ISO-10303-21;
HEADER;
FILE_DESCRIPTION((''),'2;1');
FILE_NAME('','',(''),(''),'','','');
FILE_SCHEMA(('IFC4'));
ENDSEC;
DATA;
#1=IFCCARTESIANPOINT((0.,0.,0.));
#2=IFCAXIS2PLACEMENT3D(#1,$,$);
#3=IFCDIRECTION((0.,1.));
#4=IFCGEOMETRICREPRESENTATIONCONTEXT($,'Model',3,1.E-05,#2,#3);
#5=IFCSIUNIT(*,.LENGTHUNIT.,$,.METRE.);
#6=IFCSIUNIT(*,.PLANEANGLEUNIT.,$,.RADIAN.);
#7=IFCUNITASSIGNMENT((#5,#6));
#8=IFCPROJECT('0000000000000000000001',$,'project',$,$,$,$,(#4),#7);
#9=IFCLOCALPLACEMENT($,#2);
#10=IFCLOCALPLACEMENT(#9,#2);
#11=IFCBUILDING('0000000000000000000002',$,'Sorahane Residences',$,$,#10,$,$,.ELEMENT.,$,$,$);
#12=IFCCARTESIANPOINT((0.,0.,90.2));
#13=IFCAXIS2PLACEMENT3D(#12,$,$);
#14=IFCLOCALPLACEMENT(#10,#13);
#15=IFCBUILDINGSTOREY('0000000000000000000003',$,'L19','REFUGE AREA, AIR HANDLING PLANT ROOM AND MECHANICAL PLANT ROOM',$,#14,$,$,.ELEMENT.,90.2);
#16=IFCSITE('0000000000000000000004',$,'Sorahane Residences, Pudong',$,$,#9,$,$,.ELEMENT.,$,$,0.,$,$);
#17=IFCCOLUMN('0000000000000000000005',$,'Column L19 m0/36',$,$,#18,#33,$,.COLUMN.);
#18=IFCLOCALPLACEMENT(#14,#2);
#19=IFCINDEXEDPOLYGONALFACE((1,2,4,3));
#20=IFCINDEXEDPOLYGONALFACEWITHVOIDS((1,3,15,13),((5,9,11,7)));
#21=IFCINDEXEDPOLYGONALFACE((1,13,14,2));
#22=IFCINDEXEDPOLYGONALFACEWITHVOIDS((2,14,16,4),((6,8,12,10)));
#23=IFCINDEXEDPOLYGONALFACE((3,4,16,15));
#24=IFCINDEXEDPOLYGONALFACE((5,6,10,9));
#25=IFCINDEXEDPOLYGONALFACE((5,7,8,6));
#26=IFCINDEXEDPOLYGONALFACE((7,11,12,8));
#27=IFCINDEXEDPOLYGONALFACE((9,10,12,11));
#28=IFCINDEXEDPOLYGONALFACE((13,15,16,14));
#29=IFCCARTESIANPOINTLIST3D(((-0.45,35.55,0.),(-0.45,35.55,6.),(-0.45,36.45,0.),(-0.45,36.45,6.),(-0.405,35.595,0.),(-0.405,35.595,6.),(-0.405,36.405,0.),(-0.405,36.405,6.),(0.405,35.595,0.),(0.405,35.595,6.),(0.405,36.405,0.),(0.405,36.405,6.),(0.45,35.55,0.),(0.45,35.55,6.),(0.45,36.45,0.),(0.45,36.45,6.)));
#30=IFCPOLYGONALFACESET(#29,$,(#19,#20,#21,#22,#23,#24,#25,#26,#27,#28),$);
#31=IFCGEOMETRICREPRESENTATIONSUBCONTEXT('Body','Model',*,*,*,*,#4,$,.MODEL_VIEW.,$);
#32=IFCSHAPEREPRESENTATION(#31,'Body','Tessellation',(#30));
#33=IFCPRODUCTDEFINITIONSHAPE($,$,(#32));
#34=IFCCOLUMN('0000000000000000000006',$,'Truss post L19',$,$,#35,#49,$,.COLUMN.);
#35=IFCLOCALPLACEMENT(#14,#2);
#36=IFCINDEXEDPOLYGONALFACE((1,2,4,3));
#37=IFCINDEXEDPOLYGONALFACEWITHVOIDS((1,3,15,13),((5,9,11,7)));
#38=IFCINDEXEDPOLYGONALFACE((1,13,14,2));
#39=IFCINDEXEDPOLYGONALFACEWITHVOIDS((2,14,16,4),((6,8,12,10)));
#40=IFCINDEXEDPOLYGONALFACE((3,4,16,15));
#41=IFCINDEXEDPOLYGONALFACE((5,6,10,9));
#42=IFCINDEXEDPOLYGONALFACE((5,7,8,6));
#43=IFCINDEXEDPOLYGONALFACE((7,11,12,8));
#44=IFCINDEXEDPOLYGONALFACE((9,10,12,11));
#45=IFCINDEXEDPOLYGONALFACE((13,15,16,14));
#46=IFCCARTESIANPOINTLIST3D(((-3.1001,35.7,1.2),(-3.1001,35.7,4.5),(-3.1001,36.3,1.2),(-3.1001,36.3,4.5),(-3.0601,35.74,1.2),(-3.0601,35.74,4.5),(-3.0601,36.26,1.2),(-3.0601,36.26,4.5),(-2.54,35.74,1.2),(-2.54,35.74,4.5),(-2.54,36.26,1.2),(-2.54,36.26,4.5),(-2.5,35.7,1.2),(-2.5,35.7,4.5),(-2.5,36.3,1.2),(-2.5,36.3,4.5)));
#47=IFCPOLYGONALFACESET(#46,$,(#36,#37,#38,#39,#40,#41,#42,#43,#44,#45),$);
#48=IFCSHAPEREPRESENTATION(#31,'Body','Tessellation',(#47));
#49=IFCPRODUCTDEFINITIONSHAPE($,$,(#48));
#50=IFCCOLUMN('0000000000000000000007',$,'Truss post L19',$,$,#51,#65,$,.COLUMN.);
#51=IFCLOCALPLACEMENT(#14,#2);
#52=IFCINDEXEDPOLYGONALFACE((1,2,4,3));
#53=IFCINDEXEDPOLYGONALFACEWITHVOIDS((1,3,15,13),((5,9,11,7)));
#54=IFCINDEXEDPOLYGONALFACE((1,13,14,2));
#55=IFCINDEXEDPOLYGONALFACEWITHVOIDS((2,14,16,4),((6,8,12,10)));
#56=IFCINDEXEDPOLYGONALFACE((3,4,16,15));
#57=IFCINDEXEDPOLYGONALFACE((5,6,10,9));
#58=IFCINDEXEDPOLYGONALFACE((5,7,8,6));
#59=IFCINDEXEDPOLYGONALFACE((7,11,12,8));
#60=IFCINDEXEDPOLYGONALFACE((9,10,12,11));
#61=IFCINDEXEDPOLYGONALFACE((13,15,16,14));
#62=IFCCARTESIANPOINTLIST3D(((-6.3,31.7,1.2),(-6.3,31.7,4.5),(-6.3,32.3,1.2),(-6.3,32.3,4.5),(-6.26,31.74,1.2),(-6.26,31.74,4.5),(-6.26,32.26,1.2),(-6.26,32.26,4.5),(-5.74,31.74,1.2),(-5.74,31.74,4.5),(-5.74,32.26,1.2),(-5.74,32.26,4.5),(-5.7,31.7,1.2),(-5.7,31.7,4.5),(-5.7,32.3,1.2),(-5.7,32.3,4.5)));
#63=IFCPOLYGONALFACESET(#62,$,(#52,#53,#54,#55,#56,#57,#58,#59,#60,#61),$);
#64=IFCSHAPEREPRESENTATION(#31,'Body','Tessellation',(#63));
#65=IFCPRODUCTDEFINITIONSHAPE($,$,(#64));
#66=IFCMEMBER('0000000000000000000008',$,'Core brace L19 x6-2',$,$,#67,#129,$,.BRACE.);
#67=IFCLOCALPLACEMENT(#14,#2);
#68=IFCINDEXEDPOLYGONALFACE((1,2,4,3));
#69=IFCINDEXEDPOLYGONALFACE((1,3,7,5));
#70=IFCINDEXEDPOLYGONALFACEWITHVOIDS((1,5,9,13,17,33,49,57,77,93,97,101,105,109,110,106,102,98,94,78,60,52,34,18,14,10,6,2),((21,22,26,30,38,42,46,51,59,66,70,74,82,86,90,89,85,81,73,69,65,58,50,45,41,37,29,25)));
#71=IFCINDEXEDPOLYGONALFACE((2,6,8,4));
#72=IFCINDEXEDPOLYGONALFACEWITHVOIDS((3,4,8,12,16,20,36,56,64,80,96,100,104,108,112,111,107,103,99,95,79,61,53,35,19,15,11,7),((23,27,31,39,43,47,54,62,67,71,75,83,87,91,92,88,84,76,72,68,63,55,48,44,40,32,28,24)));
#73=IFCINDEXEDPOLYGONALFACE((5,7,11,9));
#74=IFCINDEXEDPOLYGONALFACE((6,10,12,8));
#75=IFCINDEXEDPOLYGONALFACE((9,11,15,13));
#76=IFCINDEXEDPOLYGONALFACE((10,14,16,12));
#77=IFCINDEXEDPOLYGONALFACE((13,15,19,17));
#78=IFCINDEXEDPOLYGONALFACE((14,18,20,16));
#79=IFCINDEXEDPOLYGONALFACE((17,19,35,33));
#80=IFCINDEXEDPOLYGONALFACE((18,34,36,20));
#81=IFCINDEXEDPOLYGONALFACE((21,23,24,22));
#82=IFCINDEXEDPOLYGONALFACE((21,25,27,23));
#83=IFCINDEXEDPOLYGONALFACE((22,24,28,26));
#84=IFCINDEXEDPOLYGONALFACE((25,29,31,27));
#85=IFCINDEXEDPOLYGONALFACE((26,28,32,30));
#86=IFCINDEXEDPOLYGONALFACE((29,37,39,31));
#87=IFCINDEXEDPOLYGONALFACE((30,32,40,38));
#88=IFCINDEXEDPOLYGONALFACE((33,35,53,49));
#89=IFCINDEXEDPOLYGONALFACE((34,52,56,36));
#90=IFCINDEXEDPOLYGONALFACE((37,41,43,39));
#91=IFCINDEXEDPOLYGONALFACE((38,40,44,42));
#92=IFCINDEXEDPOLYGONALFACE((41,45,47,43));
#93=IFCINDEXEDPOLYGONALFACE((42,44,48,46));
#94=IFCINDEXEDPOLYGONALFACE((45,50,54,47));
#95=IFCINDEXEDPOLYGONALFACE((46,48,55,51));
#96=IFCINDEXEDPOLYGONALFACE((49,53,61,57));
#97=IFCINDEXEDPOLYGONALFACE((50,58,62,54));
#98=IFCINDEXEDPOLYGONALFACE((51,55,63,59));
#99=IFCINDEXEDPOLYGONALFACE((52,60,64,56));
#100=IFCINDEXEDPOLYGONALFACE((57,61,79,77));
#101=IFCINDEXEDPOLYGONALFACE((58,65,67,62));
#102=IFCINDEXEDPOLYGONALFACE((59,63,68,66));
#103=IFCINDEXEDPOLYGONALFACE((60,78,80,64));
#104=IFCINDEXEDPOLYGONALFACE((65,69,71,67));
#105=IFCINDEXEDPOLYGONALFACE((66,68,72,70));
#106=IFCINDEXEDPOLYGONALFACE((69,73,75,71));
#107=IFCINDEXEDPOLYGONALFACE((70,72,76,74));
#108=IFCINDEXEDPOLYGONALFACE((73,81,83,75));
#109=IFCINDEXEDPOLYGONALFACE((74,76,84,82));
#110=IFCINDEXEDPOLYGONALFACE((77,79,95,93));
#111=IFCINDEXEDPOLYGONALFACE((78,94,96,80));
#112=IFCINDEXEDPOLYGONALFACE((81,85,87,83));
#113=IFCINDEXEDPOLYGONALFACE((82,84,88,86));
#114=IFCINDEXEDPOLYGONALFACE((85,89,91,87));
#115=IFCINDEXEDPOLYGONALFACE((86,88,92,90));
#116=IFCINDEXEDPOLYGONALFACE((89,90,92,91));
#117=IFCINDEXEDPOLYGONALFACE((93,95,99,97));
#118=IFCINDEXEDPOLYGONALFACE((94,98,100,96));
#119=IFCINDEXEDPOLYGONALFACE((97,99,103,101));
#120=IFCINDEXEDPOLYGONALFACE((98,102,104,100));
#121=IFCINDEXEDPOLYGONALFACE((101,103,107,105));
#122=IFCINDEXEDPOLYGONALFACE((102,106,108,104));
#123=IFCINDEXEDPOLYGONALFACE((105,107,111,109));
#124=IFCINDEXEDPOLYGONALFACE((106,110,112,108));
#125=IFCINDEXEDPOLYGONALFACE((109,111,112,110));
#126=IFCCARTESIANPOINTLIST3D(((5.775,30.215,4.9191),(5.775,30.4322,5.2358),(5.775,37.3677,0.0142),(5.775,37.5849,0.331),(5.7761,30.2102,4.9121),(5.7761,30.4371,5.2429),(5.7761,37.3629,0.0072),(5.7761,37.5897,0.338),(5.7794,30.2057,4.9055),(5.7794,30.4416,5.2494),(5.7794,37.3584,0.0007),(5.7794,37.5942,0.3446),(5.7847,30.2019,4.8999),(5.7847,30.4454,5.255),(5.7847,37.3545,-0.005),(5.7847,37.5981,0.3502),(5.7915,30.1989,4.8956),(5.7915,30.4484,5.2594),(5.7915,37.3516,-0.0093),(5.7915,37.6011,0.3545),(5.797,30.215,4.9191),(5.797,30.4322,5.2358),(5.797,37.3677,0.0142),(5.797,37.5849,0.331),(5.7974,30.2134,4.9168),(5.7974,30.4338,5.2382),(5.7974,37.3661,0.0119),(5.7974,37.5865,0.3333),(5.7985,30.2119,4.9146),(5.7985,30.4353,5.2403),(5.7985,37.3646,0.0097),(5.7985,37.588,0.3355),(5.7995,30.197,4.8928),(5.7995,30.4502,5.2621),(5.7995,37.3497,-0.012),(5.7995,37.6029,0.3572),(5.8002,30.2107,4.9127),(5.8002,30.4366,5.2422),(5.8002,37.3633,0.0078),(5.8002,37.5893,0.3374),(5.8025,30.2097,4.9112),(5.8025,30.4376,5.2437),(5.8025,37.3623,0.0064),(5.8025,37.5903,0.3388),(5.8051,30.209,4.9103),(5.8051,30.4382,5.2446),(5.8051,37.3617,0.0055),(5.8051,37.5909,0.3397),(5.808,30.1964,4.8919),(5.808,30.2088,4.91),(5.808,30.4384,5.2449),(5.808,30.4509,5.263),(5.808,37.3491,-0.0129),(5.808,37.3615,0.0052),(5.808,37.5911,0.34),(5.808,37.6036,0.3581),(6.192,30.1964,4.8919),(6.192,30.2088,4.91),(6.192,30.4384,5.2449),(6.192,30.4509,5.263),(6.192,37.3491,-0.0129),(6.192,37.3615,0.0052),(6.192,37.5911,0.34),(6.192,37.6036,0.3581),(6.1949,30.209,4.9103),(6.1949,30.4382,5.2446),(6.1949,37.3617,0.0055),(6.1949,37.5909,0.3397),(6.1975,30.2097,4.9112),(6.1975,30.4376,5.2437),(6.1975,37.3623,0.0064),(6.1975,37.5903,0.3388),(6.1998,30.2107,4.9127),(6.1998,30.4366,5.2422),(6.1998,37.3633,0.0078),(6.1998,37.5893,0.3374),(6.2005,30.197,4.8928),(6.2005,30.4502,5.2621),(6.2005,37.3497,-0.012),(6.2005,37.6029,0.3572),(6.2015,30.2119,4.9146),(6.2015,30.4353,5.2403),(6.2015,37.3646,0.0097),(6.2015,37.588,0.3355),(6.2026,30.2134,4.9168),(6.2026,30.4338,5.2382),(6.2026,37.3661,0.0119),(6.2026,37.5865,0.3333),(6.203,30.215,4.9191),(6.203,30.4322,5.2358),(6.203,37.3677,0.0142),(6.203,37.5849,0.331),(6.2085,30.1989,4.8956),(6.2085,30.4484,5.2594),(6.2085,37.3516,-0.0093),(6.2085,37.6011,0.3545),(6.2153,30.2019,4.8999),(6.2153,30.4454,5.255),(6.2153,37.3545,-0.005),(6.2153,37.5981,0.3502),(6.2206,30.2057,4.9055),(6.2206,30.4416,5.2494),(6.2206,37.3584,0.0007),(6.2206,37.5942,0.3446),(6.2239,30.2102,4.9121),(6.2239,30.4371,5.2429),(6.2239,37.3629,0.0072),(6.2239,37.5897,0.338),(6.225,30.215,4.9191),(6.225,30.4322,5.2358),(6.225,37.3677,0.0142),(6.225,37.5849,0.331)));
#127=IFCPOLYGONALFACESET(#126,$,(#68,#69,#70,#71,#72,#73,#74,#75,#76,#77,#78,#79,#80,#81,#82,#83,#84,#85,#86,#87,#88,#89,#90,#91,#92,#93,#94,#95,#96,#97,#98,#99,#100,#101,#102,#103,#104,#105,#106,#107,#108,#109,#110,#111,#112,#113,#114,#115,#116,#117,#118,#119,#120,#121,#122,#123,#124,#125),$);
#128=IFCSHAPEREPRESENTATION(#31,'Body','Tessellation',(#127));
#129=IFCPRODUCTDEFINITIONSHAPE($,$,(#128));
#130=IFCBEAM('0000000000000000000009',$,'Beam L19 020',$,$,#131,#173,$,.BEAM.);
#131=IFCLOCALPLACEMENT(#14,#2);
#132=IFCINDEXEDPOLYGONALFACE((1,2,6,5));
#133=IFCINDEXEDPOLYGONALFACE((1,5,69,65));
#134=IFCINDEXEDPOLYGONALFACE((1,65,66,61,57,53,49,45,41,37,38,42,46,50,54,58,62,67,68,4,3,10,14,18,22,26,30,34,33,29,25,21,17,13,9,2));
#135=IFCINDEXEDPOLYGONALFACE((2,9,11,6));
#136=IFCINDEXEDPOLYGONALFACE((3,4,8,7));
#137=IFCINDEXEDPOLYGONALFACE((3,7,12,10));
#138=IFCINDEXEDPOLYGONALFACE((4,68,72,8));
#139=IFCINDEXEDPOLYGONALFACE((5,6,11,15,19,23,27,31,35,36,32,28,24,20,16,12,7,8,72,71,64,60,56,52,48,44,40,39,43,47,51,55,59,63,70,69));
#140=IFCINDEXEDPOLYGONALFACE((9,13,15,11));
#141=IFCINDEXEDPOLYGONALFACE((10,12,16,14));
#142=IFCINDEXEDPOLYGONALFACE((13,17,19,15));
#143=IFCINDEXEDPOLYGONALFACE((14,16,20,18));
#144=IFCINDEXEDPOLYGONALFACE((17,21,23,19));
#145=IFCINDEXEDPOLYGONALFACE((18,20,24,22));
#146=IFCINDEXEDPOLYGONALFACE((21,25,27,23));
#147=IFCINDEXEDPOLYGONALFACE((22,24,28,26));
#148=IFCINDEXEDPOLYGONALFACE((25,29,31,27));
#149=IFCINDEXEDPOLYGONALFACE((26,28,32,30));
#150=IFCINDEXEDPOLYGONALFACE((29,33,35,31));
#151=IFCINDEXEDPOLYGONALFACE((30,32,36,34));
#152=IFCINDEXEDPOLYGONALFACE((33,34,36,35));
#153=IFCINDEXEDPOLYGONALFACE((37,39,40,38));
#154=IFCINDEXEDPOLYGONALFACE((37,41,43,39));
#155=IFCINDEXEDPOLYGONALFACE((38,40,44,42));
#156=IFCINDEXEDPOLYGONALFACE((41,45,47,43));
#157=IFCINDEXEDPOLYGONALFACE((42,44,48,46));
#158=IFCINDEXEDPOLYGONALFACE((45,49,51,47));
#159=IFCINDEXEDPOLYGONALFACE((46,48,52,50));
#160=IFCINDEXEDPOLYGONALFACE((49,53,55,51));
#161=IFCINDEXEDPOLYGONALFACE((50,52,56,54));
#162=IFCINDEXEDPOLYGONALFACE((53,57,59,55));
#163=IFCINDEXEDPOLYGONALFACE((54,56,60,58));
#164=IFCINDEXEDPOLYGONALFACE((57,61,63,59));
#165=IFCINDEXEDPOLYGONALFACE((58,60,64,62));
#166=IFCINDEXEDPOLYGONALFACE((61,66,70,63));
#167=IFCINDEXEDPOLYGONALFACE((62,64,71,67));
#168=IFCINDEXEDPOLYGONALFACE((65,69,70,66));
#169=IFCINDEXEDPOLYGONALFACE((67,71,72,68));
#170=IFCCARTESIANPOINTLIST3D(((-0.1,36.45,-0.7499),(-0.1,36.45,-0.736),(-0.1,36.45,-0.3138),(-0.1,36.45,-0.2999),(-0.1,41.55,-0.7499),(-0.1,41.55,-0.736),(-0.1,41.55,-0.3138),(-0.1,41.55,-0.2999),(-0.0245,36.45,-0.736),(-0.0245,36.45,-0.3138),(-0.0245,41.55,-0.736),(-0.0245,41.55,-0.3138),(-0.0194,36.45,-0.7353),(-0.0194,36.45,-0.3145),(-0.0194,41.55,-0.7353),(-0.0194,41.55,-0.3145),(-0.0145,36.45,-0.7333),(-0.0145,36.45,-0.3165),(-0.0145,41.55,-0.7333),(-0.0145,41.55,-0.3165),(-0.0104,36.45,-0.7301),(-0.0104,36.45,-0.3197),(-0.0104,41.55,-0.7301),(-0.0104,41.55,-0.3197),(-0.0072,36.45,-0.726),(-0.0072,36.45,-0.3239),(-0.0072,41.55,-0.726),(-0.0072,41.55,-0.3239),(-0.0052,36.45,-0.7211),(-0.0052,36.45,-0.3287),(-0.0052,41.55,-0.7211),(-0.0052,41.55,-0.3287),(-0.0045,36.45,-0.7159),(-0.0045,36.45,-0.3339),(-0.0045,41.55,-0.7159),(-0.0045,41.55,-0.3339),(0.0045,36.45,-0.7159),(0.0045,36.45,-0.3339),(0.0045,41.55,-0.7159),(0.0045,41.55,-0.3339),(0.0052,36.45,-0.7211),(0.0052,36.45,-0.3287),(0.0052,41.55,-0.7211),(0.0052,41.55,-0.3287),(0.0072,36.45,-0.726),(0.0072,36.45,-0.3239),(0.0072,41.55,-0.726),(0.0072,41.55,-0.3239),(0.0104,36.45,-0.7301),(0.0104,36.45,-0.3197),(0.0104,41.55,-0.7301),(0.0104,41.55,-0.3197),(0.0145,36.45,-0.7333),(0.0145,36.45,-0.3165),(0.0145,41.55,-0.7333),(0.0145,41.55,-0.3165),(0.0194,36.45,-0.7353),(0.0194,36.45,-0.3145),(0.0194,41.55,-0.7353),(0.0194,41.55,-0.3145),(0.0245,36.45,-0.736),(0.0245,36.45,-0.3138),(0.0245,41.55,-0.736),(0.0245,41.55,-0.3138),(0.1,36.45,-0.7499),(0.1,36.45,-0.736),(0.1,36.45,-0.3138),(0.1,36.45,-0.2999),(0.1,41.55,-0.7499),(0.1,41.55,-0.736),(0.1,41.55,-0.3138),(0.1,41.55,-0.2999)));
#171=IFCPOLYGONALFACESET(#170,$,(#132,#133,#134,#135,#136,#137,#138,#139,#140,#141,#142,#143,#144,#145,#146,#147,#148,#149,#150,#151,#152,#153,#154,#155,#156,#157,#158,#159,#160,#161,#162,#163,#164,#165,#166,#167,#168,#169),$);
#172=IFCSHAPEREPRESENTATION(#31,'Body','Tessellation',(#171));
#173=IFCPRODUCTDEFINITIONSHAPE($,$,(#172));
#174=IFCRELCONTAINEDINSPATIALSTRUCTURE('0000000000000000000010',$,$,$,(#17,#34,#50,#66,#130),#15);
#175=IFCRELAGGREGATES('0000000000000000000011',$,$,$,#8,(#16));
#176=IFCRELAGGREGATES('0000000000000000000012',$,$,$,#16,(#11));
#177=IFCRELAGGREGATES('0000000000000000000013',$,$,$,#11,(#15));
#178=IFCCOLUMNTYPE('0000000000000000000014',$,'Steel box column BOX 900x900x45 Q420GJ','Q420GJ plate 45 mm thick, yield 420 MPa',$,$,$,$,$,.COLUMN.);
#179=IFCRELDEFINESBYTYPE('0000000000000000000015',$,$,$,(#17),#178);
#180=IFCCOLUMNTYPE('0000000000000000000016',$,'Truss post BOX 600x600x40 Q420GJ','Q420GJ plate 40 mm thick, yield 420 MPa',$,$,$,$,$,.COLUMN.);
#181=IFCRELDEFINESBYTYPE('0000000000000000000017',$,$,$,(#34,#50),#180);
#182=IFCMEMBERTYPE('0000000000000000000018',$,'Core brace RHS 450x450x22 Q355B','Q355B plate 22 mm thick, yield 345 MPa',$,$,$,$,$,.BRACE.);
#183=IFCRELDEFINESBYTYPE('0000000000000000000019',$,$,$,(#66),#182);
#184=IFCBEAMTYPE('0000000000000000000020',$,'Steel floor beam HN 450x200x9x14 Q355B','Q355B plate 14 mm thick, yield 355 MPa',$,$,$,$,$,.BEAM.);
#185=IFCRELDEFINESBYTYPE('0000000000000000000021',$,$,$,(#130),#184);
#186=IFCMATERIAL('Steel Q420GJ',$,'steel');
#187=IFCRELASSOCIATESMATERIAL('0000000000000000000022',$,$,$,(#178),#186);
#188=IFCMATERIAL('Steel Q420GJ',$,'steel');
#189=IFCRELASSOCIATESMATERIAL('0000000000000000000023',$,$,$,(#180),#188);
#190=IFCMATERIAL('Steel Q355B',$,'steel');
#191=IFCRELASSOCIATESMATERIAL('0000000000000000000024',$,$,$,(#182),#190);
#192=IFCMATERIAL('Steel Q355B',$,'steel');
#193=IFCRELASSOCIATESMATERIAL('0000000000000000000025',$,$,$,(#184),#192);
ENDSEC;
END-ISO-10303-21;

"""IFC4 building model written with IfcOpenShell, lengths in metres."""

from ifc_helpers import new_model, si_unit, direction, frame, origin, origin_2d, place, context, subcontext, project, spatial, hollow_rectangle, i_section, extrude, material, material_profile, profile_set, type_object, element, save


model = new_model("IFC4")

# Units and contexts
model_context = context("Model", 3, precision=1e-05, world=origin(), true_north=direction((0.0, 1.0)))
body_context = subcontext(model_context, "Body", "Model", "MODEL_VIEW")
ifc_project = project(units=[si_unit("LENGTHUNIT", "METRE"), si_unit("PLANEANGLEUNIT", "RADIAN")], contexts=[model_context])

# Site, building, storey
site_placement = place(None, origin())
site = spatial("IfcSite", under=ifc_project, at=site_placement, Name="Sorahane Residences, Pudong", CompositionType="ELEMENT", RefElevation=0.0)
building_placement = place(site_placement, origin())
building = spatial("IfcBuilding", under=site, at=building_placement, Name="Sorahane Residences", CompositionType="ELEMENT")
storey_placement = place(building_placement, frame((0.0, 0.0, 90.2)))
storey = spatial("IfcBuildingStorey", under=building, at=storey_placement, Name="L19", Description="REFUGE AREA, AIR HANDLING PLANT ROOM AND MECHANICAL PLANT ROOM", CompositionType="ELEMENT", Elevation=90.2)

# Columns
ifc_material_1 = material(Name="Steel Q420GJ", Category="steel")
ifc_material_profile_1 = material_profile(ifc_material_1, hollow_rectangle(XDim=0.8999, YDim=0.8999, WallThickness=0.0449, at=origin_2d()), Name="BOX 900x900x45")
ifc_profile_set_1 = profile_set([ifc_material_profile_1], Name="Steel Q420GJ")
column_type_1 = type_object("IfcColumnType", Name="Steel box column BOX 900x900x45 Q420GJ", Description="Q420GJ plate 45 mm thick, yield 420 MPa", PredefinedType="COLUMN", material=ifc_profile_set_1)
column_placement = place(storey_placement, frame((0.0, 36.0, 0.0), z_axis=(0.0, 0.0, 1.0), x_axis=(1.0, 0.0, 0.0)))
element("IfcColumn", 1, at=column_placement, inside=storey, type_object=column_type_1, Name="Column L19 m0/36", PredefinedType="COLUMN", context=body_context, shape_type="SweptSolid", body=[
    extrude(hollow_rectangle(XDim=0.8999, YDim=0.8999, WallThickness=0.0449, at=origin_2d()), origin(), (0.0, 0.0, 1.0), 6.0),
])
ifc_material_2 = material(Name="Steel Q420GJ", Category="steel")
ifc_material_profile_2 = material_profile(ifc_material_2, hollow_rectangle(XDim=0.6001, YDim=0.6001, WallThickness=0.04, at=origin_2d()), Name="BOX 600x600x40")
ifc_profile_set_2 = profile_set([ifc_material_profile_2], Name="Steel Q420GJ")
column_type_2 = type_object("IfcColumnType", Name="Truss post BOX 600x600x40 Q420GJ", Description="Q420GJ plate 40 mm thick, yield 420 MPa", PredefinedType="COLUMN", material=ifc_profile_set_2)
for number, where, z_axis, x_axis, name in (
    (2, (-2.8, 36.0, 1.2), (0.0, 0.0, 1.0), (1.0, 0.0, 0.0), "Truss post L19"),
    (3, (-6.0, 32.0, 1.2), (0.0, 0.0, 1.0), (1.0, 0.0, 0.0), "Truss post L19"),
):
    element("IfcColumn", number, at=place(storey_placement, frame(where, z_axis=z_axis, x_axis=x_axis)), inside=storey, type_object=column_type_2, Name=name, PredefinedType="COLUMN", context=body_context, shape_type="SweptSolid", body=[
        extrude(hollow_rectangle(XDim=0.6001, YDim=0.6001, WallThickness=0.04, at=origin_2d()), origin(), (0.0, 0.0, 1.0), 3.3),
    ])

# Member
ifc_material_3 = material(Name="Steel Q355B", Category="steel")
ifc_material_profile_3 = material_profile(ifc_material_3, hollow_rectangle(XDim=0.45, YDim=0.45, WallThickness=0.022, InnerFilletRadius=0.011, OuterFilletRadius=0.033, at=origin_2d()), Name="RHS 450x450x22")
ifc_profile_set_3 = profile_set([ifc_material_profile_3], Name="Steel Q355B")
member_type_1 = type_object("IfcMemberType", Name="Core brace RHS 450x450x22 Q355B", Description="Q355B plate 22 mm thick, yield 345 MPa", PredefinedType="BRACE", material=ifc_profile_set_3)
member_1_placement = place(storey_placement, frame((6.0, 37.4763, 0.1726), z_axis=(0.0, -0.824721, 0.56554), x_axis=(1.0, 0.0, 0.0)))
element("IfcMember", 4, at=member_1_placement, inside=storey, type_object=member_type_1, Name="Core brace L19 x6-2", PredefinedType="BRACE", context=body_context, shape_type="SweptSolid", body=[
    extrude(hollow_rectangle(XDim=0.45, YDim=0.45, WallThickness=0.022, InnerFilletRadius=0.011, OuterFilletRadius=0.033, at=origin_2d()), origin(), (0.0, 0.0, 1.0), 8.6729),
])

# Beam
ifc_material_4 = material(Name="Steel Q355B", Category="steel")
ifc_material_profile_4 = material_profile(ifc_material_4, i_section(OverallWidth=0.2, OverallDepth=0.45, WebThickness=0.009, FlangeThickness=0.0139, FilletRadius=0.02, at=origin_2d()), Name="HN 450x200x9x14")
ifc_profile_set_4 = profile_set([ifc_material_profile_4], Name="Steel Q355B")
beam_type_1 = type_object("IfcBeamType", Name="Steel floor beam HN 450x200x9x14 Q355B", Description="Q355B plate 14 mm thick, yield 355 MPa", PredefinedType="BEAM", material=ifc_profile_set_4)
beam_1_placement = place(storey_placement, frame((0.0, 36.45, -0.5249), z_axis=(0.0, 1.0, 0.0), x_axis=(-1.0, 0.0, 0.0)))
element("IfcBeam", 5, at=beam_1_placement, inside=storey, type_object=beam_type_1, Name="Beam L19 020", PredefinedType="BEAM", context=body_context, shape_type="SweptSolid", body=[
    extrude(i_section(OverallWidth=0.2, OverallDepth=0.45, WebThickness=0.009, FlangeThickness=0.0139, FilletRadius=0.02, at=origin_2d()), origin(), (0.0, 0.0, 1.0), 5.1001),
])

save(model, "model.ifc")
